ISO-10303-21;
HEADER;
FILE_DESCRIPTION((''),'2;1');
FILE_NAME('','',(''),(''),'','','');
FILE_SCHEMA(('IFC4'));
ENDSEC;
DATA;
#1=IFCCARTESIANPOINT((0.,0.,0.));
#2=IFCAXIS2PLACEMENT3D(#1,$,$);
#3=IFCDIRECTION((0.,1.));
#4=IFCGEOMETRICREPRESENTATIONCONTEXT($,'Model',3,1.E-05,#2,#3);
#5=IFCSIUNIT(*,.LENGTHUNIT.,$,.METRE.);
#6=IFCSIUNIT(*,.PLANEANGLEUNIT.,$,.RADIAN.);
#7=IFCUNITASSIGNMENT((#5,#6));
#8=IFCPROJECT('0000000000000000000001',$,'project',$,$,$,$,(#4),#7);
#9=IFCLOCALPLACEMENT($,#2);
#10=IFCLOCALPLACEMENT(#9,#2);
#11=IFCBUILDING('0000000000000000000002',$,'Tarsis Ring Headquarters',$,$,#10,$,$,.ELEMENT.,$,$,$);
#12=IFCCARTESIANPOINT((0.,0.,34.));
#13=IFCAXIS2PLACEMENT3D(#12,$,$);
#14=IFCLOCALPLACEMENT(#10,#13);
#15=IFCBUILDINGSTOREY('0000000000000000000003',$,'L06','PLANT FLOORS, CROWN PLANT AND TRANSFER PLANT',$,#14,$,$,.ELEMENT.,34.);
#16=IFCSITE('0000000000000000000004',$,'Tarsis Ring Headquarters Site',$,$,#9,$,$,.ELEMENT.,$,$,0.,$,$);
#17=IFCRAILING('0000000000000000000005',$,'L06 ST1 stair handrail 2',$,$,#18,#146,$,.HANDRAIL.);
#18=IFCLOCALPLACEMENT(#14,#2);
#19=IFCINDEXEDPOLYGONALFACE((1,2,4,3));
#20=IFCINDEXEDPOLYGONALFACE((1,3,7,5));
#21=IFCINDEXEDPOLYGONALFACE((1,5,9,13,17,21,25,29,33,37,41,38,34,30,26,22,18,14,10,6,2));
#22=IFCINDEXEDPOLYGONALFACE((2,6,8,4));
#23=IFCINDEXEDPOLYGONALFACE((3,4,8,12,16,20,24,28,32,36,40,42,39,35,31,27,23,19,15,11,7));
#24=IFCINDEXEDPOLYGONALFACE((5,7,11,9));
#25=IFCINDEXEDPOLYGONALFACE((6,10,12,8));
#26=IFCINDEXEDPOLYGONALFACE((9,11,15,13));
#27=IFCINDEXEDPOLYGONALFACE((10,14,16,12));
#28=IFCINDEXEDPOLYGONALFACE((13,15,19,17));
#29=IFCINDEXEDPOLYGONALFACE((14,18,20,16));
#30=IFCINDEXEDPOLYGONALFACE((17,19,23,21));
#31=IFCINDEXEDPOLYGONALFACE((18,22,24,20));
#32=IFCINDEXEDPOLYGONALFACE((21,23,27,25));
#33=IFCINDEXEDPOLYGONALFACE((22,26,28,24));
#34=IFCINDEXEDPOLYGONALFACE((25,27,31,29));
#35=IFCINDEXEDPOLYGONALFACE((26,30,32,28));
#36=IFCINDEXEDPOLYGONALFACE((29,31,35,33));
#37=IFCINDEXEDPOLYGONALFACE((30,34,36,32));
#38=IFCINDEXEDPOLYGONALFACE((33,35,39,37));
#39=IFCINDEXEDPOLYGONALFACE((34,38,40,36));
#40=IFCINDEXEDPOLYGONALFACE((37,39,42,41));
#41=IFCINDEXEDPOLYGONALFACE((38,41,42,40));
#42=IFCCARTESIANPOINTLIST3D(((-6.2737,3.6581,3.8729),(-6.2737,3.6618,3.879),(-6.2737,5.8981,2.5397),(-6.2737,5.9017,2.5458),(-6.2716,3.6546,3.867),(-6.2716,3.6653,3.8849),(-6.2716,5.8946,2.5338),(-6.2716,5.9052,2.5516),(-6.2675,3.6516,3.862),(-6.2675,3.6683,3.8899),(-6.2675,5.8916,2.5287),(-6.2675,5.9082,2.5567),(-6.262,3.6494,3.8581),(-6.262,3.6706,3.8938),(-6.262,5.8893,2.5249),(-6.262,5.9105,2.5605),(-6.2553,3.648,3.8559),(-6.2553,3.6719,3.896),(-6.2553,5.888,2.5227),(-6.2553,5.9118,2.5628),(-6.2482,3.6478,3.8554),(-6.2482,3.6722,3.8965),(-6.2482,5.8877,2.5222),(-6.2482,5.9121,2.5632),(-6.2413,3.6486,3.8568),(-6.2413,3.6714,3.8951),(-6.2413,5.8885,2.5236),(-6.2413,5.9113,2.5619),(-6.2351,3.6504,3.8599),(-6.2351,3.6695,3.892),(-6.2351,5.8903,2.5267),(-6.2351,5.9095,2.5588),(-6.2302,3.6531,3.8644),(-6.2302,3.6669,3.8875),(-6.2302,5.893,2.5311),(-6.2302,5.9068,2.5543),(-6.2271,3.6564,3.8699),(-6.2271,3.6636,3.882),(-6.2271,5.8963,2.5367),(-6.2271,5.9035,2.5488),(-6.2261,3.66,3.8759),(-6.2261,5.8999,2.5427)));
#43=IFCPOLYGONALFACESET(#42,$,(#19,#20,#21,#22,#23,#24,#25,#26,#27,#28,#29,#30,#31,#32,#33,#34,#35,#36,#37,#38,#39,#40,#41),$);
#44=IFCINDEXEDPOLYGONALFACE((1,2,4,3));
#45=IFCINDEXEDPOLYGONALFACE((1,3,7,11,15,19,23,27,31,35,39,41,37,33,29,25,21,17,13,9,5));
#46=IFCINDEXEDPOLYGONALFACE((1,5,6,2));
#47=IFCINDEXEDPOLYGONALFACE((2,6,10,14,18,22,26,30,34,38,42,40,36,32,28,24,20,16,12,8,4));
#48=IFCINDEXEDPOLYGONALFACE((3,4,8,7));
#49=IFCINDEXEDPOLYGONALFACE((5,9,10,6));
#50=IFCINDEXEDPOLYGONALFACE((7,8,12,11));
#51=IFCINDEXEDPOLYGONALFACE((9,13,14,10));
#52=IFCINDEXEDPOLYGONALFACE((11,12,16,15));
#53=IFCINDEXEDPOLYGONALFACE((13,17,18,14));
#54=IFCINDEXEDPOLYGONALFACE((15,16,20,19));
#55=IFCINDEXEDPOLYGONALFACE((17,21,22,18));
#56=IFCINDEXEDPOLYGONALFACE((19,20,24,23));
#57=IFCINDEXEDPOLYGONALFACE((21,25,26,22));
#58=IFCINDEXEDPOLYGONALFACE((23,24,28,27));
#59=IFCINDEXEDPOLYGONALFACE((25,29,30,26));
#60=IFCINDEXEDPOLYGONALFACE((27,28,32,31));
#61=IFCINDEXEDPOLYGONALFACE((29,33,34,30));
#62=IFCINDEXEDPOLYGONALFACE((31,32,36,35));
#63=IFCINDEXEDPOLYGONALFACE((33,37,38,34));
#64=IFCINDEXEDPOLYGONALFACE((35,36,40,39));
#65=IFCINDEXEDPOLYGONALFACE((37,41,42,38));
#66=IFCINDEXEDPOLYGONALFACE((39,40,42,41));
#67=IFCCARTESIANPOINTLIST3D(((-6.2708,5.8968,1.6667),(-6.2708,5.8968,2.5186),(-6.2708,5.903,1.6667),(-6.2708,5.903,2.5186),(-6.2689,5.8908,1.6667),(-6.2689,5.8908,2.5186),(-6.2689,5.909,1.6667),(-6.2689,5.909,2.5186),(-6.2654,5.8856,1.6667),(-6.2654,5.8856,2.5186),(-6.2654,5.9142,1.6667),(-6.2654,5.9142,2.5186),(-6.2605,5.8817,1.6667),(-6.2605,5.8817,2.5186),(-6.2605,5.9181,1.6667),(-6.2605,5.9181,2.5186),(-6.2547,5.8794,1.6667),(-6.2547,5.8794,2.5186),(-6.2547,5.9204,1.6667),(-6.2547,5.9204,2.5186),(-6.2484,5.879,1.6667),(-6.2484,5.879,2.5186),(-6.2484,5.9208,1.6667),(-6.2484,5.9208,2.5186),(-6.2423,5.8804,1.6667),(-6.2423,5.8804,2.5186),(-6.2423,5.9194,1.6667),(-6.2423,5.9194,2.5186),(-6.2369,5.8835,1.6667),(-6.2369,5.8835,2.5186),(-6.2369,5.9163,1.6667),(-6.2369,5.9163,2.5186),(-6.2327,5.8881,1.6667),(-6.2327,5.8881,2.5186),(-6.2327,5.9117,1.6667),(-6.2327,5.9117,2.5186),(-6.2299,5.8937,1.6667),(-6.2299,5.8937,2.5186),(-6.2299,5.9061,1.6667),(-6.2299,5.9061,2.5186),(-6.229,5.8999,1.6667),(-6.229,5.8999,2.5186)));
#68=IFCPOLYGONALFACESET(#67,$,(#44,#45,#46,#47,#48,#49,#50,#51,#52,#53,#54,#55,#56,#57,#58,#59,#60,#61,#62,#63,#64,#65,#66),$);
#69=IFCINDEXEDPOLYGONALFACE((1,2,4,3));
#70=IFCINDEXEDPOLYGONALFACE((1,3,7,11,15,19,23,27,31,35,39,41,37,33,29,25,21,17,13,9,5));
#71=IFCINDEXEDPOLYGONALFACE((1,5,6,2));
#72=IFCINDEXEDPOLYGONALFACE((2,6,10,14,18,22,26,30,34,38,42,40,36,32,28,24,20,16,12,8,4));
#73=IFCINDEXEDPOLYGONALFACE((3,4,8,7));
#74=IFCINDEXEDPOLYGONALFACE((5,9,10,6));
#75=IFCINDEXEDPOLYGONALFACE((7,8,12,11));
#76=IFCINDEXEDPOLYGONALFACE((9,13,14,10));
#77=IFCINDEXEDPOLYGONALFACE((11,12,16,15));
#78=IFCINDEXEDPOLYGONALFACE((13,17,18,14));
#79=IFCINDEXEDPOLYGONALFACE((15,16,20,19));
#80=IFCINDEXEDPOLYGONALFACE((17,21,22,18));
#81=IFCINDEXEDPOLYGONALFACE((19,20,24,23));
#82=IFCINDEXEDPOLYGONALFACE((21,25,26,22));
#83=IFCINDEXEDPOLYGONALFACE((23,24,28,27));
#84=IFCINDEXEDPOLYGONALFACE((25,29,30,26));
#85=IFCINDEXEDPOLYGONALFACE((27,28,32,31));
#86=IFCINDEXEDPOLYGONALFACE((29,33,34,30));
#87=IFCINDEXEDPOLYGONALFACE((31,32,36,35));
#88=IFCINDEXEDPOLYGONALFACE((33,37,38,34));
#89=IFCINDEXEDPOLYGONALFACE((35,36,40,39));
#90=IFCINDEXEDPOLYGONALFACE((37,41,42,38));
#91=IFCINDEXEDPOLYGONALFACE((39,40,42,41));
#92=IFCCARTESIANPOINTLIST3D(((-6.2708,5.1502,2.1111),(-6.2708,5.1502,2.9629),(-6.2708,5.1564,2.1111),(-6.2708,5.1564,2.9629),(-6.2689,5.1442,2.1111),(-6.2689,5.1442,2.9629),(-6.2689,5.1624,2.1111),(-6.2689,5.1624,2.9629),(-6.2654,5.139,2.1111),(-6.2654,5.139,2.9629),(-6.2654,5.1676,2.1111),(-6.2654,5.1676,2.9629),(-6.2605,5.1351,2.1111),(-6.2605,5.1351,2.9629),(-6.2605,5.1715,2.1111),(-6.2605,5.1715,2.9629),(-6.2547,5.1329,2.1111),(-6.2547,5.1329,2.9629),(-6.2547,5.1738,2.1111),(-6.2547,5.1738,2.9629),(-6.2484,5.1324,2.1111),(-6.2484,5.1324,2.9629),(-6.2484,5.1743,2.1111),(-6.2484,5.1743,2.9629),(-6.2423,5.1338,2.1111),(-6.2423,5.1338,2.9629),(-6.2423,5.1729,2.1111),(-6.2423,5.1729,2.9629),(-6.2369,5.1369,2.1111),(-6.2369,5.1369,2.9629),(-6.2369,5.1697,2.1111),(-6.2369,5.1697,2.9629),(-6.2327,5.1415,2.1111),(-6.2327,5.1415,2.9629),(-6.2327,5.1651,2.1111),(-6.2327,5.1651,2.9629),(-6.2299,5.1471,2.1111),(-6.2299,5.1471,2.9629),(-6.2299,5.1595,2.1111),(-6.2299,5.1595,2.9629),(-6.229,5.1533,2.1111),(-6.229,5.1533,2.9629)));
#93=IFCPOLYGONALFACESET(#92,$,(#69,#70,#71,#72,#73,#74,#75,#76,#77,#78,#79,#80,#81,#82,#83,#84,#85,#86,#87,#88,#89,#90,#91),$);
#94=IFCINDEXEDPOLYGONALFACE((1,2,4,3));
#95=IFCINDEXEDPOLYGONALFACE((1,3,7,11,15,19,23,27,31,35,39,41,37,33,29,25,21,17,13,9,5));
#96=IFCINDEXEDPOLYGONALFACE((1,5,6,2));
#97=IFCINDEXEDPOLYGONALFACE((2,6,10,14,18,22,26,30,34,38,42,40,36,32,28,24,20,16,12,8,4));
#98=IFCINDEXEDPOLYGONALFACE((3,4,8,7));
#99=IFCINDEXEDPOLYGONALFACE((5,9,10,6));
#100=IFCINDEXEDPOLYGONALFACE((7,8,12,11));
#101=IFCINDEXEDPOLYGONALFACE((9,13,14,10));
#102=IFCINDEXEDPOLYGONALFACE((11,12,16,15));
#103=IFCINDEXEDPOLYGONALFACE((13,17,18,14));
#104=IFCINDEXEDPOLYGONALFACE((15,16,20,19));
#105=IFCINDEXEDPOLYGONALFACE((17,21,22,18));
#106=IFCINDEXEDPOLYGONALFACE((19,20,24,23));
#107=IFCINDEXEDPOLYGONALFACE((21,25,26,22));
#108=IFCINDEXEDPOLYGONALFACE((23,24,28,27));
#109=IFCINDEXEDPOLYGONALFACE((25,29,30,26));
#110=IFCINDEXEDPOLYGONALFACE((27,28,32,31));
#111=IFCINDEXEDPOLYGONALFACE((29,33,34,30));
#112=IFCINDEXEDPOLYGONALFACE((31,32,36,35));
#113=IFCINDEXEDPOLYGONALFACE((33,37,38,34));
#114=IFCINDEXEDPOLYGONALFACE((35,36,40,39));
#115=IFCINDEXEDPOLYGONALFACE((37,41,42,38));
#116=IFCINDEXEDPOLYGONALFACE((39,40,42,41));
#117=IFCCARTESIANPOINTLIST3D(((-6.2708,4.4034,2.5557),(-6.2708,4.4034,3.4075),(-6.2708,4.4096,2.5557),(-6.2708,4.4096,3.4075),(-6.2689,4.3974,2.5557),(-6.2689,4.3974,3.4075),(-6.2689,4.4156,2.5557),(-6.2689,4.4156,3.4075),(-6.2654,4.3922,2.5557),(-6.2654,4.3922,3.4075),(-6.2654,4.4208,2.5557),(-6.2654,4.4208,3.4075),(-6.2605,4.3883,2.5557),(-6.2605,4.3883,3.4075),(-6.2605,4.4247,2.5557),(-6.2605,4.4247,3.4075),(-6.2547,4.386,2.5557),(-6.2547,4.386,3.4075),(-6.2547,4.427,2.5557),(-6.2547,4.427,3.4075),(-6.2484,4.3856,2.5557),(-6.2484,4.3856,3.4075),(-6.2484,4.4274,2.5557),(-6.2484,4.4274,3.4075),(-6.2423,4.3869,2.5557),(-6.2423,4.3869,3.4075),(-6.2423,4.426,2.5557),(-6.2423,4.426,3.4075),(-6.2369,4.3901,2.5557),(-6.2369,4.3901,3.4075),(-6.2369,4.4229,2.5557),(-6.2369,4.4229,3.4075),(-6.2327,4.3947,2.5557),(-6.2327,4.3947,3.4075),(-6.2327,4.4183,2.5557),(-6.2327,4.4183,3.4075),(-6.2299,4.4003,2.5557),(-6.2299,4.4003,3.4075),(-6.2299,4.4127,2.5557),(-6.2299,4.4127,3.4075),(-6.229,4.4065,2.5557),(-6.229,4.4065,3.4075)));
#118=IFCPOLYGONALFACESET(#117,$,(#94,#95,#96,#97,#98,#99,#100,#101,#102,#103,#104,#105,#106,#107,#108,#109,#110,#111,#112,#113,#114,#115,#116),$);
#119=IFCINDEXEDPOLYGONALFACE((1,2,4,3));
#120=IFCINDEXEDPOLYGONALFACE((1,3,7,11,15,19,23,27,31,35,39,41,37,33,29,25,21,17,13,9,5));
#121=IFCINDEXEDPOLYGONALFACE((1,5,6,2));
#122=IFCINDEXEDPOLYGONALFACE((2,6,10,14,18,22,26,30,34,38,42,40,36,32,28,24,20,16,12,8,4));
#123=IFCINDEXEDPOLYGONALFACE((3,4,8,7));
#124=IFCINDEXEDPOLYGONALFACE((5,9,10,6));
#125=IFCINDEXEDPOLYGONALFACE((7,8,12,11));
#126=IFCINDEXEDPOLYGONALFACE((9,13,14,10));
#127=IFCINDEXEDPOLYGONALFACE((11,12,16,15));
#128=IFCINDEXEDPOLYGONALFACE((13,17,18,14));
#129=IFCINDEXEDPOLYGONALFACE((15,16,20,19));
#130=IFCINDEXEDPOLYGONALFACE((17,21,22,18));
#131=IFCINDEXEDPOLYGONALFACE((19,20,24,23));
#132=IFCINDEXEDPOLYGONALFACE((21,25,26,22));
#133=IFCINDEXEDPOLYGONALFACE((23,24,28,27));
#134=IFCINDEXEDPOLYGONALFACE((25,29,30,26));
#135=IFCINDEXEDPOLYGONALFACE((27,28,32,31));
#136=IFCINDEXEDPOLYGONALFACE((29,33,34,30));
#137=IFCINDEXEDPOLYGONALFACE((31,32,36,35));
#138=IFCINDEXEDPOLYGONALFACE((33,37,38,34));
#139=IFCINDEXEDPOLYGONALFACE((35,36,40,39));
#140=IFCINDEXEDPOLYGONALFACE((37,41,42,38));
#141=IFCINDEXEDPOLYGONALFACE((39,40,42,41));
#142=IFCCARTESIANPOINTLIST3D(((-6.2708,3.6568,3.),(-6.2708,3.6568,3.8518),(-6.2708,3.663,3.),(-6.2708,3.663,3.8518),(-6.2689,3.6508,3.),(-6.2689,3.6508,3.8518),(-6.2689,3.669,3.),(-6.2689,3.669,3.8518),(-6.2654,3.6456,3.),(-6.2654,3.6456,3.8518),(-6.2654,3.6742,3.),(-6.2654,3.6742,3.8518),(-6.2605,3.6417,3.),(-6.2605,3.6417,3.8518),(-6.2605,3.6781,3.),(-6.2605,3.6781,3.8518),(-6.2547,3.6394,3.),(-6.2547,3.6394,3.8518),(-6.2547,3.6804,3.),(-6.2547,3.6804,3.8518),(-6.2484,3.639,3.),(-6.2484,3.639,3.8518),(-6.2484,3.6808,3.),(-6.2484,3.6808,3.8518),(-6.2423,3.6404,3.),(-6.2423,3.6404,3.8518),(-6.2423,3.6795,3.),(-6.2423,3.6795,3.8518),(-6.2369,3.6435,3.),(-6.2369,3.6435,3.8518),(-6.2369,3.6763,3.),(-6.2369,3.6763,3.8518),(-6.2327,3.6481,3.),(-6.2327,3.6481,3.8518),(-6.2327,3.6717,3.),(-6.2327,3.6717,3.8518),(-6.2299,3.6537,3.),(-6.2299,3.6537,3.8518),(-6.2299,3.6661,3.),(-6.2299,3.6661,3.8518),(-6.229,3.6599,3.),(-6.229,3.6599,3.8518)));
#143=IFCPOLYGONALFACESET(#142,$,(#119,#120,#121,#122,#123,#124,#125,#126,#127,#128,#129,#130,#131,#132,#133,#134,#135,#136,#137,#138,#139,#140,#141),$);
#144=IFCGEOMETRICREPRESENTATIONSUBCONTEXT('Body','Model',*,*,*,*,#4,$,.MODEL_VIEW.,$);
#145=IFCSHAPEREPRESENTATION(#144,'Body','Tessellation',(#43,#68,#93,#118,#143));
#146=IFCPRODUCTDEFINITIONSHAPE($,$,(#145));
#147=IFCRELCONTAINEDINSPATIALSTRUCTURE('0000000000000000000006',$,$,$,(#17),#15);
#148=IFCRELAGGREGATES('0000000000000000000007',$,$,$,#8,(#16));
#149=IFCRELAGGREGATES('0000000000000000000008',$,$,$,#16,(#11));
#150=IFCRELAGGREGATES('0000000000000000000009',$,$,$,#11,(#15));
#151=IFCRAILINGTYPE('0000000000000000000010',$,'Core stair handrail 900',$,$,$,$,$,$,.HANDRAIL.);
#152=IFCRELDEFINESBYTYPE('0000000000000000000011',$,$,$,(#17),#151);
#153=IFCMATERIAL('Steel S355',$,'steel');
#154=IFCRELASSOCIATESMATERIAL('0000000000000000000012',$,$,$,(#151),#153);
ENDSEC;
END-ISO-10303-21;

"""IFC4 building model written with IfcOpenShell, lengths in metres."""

from ifc_helpers import new_model, si_unit, direction, frame, origin, origin_2d, place, context, subcontext, project, spatial, circle, extrude, material, type_object, element, save


model = new_model("IFC4")

# Units and contexts
model_context = context("Model", 3, precision=1e-05, world=origin(), true_north=direction((0.0, 1.0)))
body_context = subcontext(model_context, "Body", "Model", "MODEL_VIEW")
ifc_project = project(units=[si_unit("LENGTHUNIT", "METRE"), si_unit("PLANEANGLEUNIT", "RADIAN")], contexts=[model_context])

# Site, building, storey
site_placement = place(None, origin())
site = spatial("IfcSite", under=ifc_project, at=site_placement, Name="Tarsis Ring Headquarters Site", CompositionType="ELEMENT", RefElevation=0.0)
building_placement = place(site_placement, origin())
building = spatial("IfcBuilding", under=site, at=building_placement, Name="Tarsis Ring Headquarters", CompositionType="ELEMENT")
storey_placement = place(building_placement, frame((0.0, 0.0, 34.0)))
storey = spatial("IfcBuildingStorey", under=building, at=storey_placement, Name="L06", Description="PLANT FLOORS, CROWN PLANT AND TRANSFER PLANT", CompositionType="ELEMENT", Elevation=34.0)

# Shared definitions
ifc_material_1 = material(Name="Steel S355", Category="steel")

# Railing
railing_type_1 = type_object("IfcRailingType", Name="Core stair handrail 900", PredefinedType="HANDRAIL", material=ifc_material_1)
railing_1_placement = place(storey_placement, frame((-6.25, 5.8999, 1.6667)))
element("IfcRailing", 1, at=railing_1_placement, inside=storey, type_object=railing_type_1, Name="L06 ST1 stair handrail 2", PredefinedType="HANDRAIL", context=body_context, shape_type="SweptSolid", body=[
    extrude(circle(Radius=0.0239, at=origin_2d()), frame((0.0, 0.0, 0.876), z_axis=(0.0, -0.859306, 0.511462), x_axis=(1.0, 0.0, 0.0)), (0.0, 0.0, 1.0), 2.6067),
    extrude(circle(Radius=0.021, at=origin_2d()), origin(), (0.0, 0.0, 1.0), 0.8518),
    extrude(circle(Radius=0.021, at=origin_2d()), frame((0.0, -0.7466, 0.4443)), (0.0, 0.0, 1.0), 0.8518),
    extrude(circle(Radius=0.021, at=origin_2d()), frame((0.0, -1.4934, 0.8889)), (0.0, 0.0, 1.0), 0.8518),
    extrude(circle(Radius=0.021, at=origin_2d()), frame((0.0, -2.24, 1.3333)), (0.0, 0.0, 1.0), 0.8518),
])

save(model, "model.ifc")
